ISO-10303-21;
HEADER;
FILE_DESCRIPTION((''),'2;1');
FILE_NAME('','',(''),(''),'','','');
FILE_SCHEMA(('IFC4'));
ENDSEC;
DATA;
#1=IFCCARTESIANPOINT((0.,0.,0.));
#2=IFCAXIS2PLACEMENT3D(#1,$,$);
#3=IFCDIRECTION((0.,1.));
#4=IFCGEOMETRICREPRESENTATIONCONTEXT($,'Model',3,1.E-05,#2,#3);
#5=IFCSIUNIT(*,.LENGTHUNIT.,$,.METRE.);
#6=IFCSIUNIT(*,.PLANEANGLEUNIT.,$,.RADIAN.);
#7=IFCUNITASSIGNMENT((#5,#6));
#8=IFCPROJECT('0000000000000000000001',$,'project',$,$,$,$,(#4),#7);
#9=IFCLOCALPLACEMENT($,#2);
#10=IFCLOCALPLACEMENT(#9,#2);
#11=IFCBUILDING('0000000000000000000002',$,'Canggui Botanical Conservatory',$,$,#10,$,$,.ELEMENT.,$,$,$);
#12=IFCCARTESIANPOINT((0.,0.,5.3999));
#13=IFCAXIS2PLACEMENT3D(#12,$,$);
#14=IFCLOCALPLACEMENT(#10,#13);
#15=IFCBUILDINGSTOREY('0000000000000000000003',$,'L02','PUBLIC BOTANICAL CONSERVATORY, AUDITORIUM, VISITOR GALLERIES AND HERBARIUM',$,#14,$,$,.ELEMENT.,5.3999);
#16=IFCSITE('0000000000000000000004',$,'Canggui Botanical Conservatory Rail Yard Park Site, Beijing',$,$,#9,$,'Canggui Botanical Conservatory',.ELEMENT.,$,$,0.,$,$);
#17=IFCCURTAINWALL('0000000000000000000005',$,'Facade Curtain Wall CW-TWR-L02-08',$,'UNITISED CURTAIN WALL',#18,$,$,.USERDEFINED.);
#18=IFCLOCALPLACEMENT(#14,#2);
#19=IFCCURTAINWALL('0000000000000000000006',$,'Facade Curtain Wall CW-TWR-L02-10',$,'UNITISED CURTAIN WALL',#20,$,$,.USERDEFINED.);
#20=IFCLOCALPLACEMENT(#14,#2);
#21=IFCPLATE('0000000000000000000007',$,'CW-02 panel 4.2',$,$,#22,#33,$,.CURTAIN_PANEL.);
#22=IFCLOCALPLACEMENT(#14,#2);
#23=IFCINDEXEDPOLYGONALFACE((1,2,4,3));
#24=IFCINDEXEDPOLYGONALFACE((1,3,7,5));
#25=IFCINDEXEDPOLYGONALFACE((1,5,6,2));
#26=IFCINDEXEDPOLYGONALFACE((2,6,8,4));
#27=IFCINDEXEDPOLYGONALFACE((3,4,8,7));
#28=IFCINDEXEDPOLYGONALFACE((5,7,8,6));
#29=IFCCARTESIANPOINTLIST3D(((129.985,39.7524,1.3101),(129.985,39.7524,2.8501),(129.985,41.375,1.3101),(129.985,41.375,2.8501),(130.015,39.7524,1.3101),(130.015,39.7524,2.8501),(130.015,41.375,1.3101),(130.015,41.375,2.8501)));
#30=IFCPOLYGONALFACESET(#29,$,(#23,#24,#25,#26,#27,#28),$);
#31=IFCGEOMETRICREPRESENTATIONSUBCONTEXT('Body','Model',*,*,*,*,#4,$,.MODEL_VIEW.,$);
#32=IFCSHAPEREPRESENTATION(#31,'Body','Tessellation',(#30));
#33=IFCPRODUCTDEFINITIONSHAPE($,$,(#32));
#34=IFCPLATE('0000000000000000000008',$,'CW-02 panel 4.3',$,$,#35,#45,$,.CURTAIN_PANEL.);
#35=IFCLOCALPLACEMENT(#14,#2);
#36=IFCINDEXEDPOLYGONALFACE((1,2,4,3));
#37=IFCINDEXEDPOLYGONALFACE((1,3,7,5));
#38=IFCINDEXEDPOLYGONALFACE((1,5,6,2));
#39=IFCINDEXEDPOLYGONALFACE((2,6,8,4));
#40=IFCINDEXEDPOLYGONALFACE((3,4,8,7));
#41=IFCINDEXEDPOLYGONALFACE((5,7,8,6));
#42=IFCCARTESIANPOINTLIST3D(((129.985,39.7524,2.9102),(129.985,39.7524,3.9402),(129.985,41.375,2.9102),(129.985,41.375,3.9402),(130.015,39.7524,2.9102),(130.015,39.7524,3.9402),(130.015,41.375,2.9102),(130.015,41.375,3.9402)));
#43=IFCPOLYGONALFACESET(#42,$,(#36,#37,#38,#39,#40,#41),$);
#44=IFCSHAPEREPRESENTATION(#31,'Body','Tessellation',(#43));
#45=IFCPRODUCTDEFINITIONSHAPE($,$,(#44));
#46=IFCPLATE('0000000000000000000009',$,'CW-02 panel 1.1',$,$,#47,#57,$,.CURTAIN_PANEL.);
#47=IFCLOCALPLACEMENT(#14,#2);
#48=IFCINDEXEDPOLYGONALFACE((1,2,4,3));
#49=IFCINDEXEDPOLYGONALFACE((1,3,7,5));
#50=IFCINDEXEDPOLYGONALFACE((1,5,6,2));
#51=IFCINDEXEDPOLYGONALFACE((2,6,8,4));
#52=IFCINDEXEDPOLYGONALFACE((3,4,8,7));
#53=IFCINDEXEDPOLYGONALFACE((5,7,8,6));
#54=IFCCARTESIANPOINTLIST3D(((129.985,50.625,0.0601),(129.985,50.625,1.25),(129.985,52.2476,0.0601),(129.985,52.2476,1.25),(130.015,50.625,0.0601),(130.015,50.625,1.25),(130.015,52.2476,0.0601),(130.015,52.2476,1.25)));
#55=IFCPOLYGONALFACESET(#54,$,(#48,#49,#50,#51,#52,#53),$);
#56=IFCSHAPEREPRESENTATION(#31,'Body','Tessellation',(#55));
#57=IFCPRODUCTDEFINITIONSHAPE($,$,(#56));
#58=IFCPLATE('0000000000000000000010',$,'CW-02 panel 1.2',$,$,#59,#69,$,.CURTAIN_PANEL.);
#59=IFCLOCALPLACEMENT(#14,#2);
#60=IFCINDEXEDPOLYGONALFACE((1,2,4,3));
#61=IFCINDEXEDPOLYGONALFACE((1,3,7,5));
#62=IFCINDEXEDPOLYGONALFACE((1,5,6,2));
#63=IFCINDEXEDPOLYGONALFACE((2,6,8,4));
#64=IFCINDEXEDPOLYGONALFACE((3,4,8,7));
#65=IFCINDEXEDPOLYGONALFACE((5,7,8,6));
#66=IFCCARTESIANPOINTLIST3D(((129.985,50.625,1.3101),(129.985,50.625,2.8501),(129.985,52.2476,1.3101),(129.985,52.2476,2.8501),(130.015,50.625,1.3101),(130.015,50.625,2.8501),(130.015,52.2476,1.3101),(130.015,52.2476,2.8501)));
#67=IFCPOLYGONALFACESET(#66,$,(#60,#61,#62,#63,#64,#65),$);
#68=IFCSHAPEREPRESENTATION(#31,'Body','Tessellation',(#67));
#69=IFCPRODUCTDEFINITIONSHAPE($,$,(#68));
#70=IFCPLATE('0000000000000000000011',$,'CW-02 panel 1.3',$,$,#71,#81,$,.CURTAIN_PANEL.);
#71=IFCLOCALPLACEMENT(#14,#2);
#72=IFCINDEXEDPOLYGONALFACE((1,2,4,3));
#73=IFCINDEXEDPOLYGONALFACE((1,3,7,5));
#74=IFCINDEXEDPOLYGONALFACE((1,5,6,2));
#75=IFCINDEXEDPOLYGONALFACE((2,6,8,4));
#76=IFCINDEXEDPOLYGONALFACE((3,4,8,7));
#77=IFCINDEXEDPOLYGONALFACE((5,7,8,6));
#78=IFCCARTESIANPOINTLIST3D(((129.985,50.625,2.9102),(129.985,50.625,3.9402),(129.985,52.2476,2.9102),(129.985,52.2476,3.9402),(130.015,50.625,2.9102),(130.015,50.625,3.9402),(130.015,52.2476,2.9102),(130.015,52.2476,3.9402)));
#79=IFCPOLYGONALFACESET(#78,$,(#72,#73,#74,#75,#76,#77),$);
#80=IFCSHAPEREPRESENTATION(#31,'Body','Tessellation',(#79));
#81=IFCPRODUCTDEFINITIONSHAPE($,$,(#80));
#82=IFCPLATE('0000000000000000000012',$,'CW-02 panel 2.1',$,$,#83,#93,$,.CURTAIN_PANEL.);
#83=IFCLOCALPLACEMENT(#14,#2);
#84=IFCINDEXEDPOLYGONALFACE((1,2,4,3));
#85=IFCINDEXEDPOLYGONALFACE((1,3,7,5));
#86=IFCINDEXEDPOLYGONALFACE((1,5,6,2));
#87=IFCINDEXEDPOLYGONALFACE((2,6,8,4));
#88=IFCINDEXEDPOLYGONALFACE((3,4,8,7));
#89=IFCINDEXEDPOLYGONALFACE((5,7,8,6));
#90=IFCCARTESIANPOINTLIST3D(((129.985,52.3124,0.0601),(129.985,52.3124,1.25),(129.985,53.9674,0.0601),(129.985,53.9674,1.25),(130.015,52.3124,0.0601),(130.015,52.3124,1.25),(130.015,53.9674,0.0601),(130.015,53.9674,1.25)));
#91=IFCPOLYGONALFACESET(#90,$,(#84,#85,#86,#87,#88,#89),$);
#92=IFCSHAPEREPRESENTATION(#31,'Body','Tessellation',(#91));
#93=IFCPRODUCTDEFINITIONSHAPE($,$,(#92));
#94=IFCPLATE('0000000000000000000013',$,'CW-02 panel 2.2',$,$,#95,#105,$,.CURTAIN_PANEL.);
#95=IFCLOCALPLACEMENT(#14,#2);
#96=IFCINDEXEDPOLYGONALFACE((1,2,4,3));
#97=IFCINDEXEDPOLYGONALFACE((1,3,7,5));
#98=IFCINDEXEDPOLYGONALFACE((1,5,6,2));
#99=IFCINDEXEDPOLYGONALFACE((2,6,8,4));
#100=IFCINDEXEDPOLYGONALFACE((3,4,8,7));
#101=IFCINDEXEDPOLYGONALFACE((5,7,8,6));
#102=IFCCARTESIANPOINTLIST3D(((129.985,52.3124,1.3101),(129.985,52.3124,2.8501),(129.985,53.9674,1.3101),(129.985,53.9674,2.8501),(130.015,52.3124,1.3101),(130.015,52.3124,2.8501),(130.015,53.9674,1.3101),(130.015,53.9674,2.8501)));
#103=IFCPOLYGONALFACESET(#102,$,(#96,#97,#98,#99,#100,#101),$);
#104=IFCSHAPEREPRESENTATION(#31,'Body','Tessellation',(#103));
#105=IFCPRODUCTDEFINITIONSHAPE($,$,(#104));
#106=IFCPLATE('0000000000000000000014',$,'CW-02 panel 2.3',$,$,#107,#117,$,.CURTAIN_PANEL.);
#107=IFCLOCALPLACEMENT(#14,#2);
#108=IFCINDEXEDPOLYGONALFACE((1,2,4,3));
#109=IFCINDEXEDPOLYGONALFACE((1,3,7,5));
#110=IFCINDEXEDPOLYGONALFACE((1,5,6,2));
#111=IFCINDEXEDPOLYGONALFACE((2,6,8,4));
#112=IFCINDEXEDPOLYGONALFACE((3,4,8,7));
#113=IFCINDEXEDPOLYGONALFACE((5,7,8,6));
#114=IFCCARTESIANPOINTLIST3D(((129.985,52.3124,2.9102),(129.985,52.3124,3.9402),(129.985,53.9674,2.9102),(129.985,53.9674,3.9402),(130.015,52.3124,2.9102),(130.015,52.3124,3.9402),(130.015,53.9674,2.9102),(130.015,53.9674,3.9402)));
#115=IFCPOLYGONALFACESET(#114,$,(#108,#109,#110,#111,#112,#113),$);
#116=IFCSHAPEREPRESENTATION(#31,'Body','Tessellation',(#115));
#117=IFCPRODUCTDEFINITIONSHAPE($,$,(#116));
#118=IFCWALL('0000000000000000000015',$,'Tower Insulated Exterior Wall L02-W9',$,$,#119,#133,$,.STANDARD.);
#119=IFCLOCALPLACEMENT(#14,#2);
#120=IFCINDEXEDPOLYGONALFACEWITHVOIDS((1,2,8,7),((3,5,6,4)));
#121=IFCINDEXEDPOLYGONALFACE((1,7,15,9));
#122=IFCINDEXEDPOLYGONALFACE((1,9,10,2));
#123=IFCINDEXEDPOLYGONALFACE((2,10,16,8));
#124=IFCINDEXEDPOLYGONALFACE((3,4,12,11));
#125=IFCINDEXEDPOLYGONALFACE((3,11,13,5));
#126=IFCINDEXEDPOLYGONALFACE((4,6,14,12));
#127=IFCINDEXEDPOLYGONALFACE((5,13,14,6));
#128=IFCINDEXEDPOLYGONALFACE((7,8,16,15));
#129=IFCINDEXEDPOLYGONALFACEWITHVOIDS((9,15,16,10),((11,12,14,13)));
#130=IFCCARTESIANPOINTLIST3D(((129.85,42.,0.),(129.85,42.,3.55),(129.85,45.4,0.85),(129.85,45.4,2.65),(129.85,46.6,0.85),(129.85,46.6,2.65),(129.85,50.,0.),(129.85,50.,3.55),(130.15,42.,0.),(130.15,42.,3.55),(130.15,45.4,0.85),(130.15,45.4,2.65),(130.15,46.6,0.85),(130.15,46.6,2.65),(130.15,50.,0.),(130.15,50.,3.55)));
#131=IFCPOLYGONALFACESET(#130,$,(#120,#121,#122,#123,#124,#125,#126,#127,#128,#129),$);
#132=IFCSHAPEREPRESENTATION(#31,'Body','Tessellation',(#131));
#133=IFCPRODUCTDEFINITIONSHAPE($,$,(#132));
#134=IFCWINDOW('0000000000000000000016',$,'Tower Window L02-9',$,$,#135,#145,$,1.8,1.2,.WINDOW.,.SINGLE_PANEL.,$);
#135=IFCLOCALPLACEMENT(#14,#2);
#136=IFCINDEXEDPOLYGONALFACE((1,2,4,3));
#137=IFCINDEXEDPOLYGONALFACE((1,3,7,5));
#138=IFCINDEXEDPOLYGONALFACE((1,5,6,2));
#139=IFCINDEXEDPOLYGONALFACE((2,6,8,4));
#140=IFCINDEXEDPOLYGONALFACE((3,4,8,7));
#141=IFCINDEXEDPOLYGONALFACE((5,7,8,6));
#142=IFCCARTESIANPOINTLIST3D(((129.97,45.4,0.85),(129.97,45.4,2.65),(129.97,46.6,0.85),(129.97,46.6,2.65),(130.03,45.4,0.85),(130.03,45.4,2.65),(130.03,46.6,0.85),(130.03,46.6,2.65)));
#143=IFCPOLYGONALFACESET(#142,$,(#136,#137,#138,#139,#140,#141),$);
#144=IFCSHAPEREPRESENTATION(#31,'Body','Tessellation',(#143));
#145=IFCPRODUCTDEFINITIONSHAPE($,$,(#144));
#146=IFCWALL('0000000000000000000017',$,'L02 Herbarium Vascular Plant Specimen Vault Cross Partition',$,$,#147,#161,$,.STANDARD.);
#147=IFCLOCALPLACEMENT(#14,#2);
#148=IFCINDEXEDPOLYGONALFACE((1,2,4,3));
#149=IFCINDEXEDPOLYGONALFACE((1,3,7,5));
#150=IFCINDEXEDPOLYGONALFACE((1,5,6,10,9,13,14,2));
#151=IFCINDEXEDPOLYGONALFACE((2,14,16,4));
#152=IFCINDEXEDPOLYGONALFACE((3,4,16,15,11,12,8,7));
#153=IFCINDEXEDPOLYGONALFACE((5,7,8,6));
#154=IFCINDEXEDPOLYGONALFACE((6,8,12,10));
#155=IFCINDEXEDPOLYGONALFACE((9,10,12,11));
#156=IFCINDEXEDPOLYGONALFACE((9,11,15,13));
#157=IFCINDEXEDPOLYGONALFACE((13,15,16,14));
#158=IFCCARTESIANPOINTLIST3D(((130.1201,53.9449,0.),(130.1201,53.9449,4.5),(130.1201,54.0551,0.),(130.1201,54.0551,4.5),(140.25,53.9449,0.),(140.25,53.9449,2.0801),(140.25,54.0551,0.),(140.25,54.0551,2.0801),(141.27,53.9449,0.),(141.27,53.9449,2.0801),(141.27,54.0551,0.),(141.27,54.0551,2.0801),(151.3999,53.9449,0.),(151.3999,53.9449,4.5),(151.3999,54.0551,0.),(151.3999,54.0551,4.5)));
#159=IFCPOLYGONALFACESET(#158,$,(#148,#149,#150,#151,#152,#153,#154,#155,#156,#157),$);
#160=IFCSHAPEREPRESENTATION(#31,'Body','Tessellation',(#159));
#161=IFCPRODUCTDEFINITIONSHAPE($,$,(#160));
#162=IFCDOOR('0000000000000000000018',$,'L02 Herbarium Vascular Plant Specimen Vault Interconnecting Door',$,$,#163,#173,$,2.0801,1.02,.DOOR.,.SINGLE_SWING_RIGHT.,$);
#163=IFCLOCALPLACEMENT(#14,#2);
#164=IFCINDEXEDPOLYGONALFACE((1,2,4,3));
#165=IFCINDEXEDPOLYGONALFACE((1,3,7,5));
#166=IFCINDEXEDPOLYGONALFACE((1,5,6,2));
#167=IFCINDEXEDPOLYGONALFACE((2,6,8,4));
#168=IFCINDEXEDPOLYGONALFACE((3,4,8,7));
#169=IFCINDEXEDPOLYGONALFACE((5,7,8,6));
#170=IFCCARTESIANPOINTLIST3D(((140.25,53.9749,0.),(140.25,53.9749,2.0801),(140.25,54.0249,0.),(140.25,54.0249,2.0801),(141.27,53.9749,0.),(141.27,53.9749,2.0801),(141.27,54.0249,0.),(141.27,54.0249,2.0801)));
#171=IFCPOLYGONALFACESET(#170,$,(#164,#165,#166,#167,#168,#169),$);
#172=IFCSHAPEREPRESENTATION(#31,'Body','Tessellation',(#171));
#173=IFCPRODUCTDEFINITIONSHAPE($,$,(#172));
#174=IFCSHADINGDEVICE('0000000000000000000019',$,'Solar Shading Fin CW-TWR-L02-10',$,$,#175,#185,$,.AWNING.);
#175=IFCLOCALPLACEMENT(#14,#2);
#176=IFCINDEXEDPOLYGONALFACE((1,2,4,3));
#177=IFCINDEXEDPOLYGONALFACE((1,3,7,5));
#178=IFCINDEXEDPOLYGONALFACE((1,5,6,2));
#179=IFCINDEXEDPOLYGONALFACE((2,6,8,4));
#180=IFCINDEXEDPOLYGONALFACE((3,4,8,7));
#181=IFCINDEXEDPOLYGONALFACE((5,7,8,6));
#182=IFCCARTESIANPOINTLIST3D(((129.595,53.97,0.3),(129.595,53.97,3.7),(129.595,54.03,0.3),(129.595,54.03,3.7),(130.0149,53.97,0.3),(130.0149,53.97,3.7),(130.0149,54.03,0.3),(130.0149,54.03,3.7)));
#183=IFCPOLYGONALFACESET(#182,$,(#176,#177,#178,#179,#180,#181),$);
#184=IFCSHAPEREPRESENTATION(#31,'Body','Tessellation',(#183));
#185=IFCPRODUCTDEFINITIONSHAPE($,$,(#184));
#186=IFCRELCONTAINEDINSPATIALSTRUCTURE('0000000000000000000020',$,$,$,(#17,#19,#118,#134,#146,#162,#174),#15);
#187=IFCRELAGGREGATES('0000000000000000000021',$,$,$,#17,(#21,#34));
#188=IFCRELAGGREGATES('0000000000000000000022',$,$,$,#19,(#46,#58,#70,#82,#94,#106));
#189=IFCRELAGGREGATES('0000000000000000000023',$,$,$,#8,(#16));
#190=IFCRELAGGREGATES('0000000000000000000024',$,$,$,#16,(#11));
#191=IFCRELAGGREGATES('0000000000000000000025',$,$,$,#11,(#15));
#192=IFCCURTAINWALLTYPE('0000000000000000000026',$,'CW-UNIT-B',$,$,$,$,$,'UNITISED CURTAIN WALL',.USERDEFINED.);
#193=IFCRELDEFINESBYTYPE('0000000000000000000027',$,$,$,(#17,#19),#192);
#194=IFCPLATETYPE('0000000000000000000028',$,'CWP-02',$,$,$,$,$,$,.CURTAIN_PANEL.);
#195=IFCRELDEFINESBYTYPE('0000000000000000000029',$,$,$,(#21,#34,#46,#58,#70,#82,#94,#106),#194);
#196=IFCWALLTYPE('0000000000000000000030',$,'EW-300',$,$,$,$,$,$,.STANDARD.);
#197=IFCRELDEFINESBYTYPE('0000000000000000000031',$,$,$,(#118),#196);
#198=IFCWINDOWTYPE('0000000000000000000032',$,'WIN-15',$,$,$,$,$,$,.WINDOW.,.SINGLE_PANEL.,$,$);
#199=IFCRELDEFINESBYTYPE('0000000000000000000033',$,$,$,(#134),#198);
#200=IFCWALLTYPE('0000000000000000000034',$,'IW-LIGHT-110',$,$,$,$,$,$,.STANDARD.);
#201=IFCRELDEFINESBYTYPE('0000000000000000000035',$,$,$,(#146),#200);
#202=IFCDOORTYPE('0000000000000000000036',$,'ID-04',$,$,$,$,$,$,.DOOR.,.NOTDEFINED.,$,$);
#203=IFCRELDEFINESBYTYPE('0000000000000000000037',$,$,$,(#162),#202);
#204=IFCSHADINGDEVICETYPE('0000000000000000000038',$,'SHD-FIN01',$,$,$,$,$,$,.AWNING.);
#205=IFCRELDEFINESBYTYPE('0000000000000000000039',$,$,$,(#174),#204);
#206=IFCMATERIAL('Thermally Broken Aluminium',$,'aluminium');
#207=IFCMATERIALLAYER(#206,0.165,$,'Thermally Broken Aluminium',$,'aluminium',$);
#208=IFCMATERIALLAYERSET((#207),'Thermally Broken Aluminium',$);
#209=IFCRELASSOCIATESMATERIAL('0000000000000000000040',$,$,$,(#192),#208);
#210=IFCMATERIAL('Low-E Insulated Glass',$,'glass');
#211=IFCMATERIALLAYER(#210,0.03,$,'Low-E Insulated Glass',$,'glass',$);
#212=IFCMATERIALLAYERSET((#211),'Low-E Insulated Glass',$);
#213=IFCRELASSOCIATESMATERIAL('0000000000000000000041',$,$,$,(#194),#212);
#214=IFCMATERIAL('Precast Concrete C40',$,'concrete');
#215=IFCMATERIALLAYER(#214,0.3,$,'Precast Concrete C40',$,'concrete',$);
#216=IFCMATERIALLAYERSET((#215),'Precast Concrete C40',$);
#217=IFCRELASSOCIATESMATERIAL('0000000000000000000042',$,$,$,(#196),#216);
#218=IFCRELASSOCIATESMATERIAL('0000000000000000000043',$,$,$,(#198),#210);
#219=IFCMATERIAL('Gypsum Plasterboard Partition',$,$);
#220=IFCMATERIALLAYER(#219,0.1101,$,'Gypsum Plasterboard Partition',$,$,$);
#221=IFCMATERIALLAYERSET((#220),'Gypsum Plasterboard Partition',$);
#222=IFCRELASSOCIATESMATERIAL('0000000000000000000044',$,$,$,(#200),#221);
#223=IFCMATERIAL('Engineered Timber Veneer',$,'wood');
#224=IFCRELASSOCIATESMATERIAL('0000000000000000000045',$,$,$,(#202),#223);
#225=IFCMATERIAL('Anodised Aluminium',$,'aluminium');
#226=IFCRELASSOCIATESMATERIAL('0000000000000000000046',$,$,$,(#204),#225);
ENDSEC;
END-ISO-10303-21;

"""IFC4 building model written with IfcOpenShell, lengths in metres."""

from ifc_helpers import new_model, si_unit, direction, frame, frame_2d, origin, origin_2d, place, context, subcontext, project, spatial, rectangle, extrude, material, layer, layer_set, type_object, element, fill, aggregate, save


model = new_model("IFC4")

# Units and contexts
model_context = context("Model", 3, precision=1e-05, world=origin(), true_north=direction((0.0, 1.0)))
body_context = subcontext(model_context, "Body", "Model", "MODEL_VIEW")
ifc_project = project(units=[si_unit("LENGTHUNIT", "METRE"), si_unit("PLANEANGLEUNIT", "RADIAN")], contexts=[model_context])

# Site, building, storey
site_placement = place(None, origin())
site = spatial("IfcSite", under=ifc_project, at=site_placement, Name="Canggui Botanical Conservatory Rail Yard Park Site, Beijing", LongName="Canggui Botanical Conservatory", CompositionType="ELEMENT", RefElevation=0.0)
building_placement = place(site_placement, origin())
building = spatial("IfcBuilding", under=site, at=building_placement, Name="Canggui Botanical Conservatory", CompositionType="ELEMENT")
storey_placement = place(building_placement, frame((0.0, 0.0, 5.3999)))
storey = spatial("IfcBuildingStorey", under=building, at=storey_placement, Name="L02", Description="PUBLIC BOTANICAL CONSERVATORY, AUDITORIUM, VISITOR GALLERIES AND HERBARIUM", CompositionType="ELEMENT", Elevation=5.3999)

# Curtain wall
ifc_material_1 = material(Name="Thermally Broken Aluminium", Category="aluminium")
ifc_layer_1 = layer(ifc_material_1, 0.165, Name="Thermally Broken Aluminium", Category="aluminium")
ifc_layer_set_1 = layer_set([ifc_layer_1], Name="Thermally Broken Aluminium")
curtain_wall_type = type_object("IfcCurtainWallType", Name="CW-UNIT-B", ElementType="UNITISED CURTAIN WALL", PredefinedType="USERDEFINED", material=ifc_layer_set_1)
curtain_wall_1_placement = place(storey_placement, origin())
curtain_wall_1 = element("IfcCurtainWall", 1, at=curtain_wall_1_placement, inside=storey, type_object=curtain_wall_type, Name="Facade Curtain Wall CW-TWR-L02-08", ObjectType="UNITISED CURTAIN WALL", PredefinedType="USERDEFINED")

# Curtain wall
curtain_wall_2_placement = place(storey_placement, origin())
curtain_wall_2 = element("IfcCurtainWall", 2, at=curtain_wall_2_placement, inside=storey, type_object=curtain_wall_type, Name="Facade Curtain Wall CW-TWR-L02-10", ObjectType="UNITISED CURTAIN WALL", PredefinedType="USERDEFINED")

# Plates
ifc_material_2 = material(Name="Low-E Insulated Glass", Category="glass")
ifc_layer_2 = layer(ifc_material_2, 0.03, Name="Low-E Insulated Glass", Category="glass")
ifc_layer_set_2 = layer_set([ifc_layer_2], Name="Low-E Insulated Glass")
plate_type = type_object("IfcPlateType", Name="CWP-02", PredefinedType="CURTAIN_PANEL", material=ifc_layer_set_2)
plate_1_placement = place(storey_placement, frame((130.0, 40.5637, 1.3101), z_axis=(0.0, 0.0, 1.0), x_axis=(0.0, 1.0, 0.0)))
plate_1 = element("IfcPlate", 3, at=plate_1_placement, type_object=plate_type, Name="CW-02 panel 4.2", PredefinedType="CURTAIN_PANEL", context=body_context, shape_type="SweptSolid", body=[
    extrude(rectangle(XDim=1.6226, YDim=0.03, at=origin_2d()), origin(), (0.0, 0.0, 1.0), 1.54),
])
plate_2_placement = place(storey_placement, frame((130.0, 40.5637, 2.9102), z_axis=(0.0, 0.0, 1.0), x_axis=(0.0, 1.0, 0.0)))
plate_2 = element("IfcPlate", 4, at=plate_2_placement, type_object=plate_type, Name="CW-02 panel 4.3", PredefinedType="CURTAIN_PANEL", context=body_context, shape_type="SweptSolid", body=[
    extrude(rectangle(XDim=1.6226, YDim=0.03, at=origin_2d()), origin(), (0.0, 0.0, 1.0), 1.03),
])
aggregate(curtain_wall_1, [plate_1, plate_2])
plate_3_placement = place(storey_placement, frame((130.0, 51.4363, 0.0601), z_axis=(0.0, 0.0, 1.0), x_axis=(0.0, 1.0, 0.0)))
plate_3 = element("IfcPlate", 5, at=plate_3_placement, type_object=plate_type, Name="CW-02 panel 1.1", PredefinedType="CURTAIN_PANEL", context=body_context, shape_type="SweptSolid", body=[
    extrude(rectangle(XDim=1.6226, YDim=0.03, at=origin_2d()), origin(), (0.0, 0.0, 1.0), 1.1899),
])
plate_4_placement = place(storey_placement, frame((130.0, 51.4363, 1.3101), z_axis=(0.0, 0.0, 1.0), x_axis=(0.0, 1.0, 0.0)))
plate_4 = element("IfcPlate", 6, at=plate_4_placement, type_object=plate_type, Name="CW-02 panel 1.2", PredefinedType="CURTAIN_PANEL", context=body_context, shape_type="SweptSolid", body=[
    extrude(rectangle(XDim=1.6226, YDim=0.03, at=origin_2d()), origin(), (0.0, 0.0, 1.0), 1.54),
])
plate_5_placement = place(storey_placement, frame((130.0, 51.4363, 2.9102), z_axis=(0.0, 0.0, 1.0), x_axis=(0.0, 1.0, 0.0)))
plate_5 = element("IfcPlate", 7, at=plate_5_placement, type_object=plate_type, Name="CW-02 panel 1.3", PredefinedType="CURTAIN_PANEL", context=body_context, shape_type="SweptSolid", body=[
    extrude(rectangle(XDim=1.6226, YDim=0.03, at=origin_2d()), origin(), (0.0, 0.0, 1.0), 1.03),
])
plate_6_placement = place(storey_placement, frame((130.0, 53.1399, 0.0601), z_axis=(0.0, 0.0, 1.0), x_axis=(0.0, 1.0, 0.0)))
plate_6 = element("IfcPlate", 8, at=plate_6_placement, type_object=plate_type, Name="CW-02 panel 2.1", PredefinedType="CURTAIN_PANEL", context=body_context, shape_type="SweptSolid", body=[
    extrude(rectangle(XDim=1.655, YDim=0.03, at=origin_2d()), origin(), (0.0, 0.0, 1.0), 1.1899),
])
plate_7_placement = place(storey_placement, frame((130.0, 53.1399, 1.3101), z_axis=(0.0, 0.0, 1.0), x_axis=(0.0, 1.0, 0.0)))
plate_7 = element("IfcPlate", 9, at=plate_7_placement, type_object=plate_type, Name="CW-02 panel 2.2", PredefinedType="CURTAIN_PANEL", context=body_context, shape_type="SweptSolid", body=[
    extrude(rectangle(XDim=1.655, YDim=0.03, at=origin_2d()), origin(), (0.0, 0.0, 1.0), 1.54),
])
plate_8_placement = place(storey_placement, frame((130.0, 53.1399, 2.9102), z_axis=(0.0, 0.0, 1.0), x_axis=(0.0, 1.0, 0.0)))
plate_8 = element("IfcPlate", 10, at=plate_8_placement, type_object=plate_type, Name="CW-02 panel 2.3", PredefinedType="CURTAIN_PANEL", context=body_context, shape_type="SweptSolid", body=[
    extrude(rectangle(XDim=1.655, YDim=0.03, at=origin_2d()), origin(), (0.0, 0.0, 1.0), 1.03),
])
aggregate(curtain_wall_2, [plate_3, plate_4, plate_5, plate_6, plate_7, plate_8])

# Wall, opening, window
ifc_material_3 = material(Name="Precast Concrete C40", Category="concrete")
ifc_layer_3 = layer(ifc_material_3, 0.3, Name="Precast Concrete C40", Category="concrete")
ifc_layer_set_3 = layer_set([ifc_layer_3], Name="Precast Concrete C40")
wall_type_1 = type_object("IfcWallType", Name="EW-300", PredefinedType="STANDARD", material=ifc_layer_set_3)
wall_1_placement = place(storey_placement, frame((130.0, 42.0, 0.0), z_axis=(0.0, 0.0, 1.0), x_axis=(0.0, 1.0, 0.0)))
wall_1 = element("IfcWall", 11, at=wall_1_placement, inside=storey, type_object=wall_type_1, Name="Tower Insulated Exterior Wall L02-W9", PredefinedType="STANDARD", context=body_context, shape_type="SweptSolid", body=[
    extrude(rectangle(XDim=8.0, YDim=0.3, at=frame_2d((4.0, 0.0))), origin(), (0.0, 0.0, 1.0), 3.55),
])
opening_1_placement = place(wall_1_placement, frame((3.3999, 0.0, 0.8501)))
opening_1 = element("IfcOpeningElement", 12, at=opening_1_placement, cuts=wall_1, PredefinedType="OPENING", context=body_context, shape_type="SweptSolid", body=[
    extrude(rectangle(XDim=1.2, YDim=1.8, at=frame_2d((0.6001, 0.8999))), frame((0.0, 0.1602, 0.0), z_axis=(0.0, -1.0, 0.0), x_axis=(1.0, 0.0, 0.0)), (0.0, 0.0, 1.0), 0.3201),
])
window_type = type_object("IfcWindowType", Name="WIN-15", PartitioningType="SINGLE_PANEL", PredefinedType="WINDOW", material=ifc_material_2)
window_placement = place(opening_1_placement, origin())
window = element("IfcWindow", 13, at=window_placement, inside=storey, type_object=window_type, Name="Tower Window L02-9", OverallHeight=1.8, OverallWidth=1.2, PartitioningType="SINGLE_PANEL", PredefinedType="WINDOW", context=body_context, shape_type="SweptSolid", body=[
    extrude(rectangle(XDim=1.2, YDim=1.8, at=frame_2d((0.6001, 0.8999))), frame((0.0, 0.03, 0.0), z_axis=(0.0, -1.0, 0.0), x_axis=(1.0, 0.0, 0.0)), (0.0, 0.0, 1.0), 0.0601),
])
fill(opening_1, window)

# Wall, opening, door
ifc_material_4 = material(Name="Gypsum Plasterboard Partition")
ifc_layer_4 = layer(ifc_material_4, 0.1101, Name="Gypsum Plasterboard Partition")
ifc_layer_set_4 = layer_set([ifc_layer_4], Name="Gypsum Plasterboard Partition")
wall_type_2 = type_object("IfcWallType", Name="IW-LIGHT-110", PredefinedType="STANDARD", material=ifc_layer_set_4)
wall_2_placement = place(storey_placement, frame((130.1201, 54.0, 0.0), z_axis=(0.0, 0.0, 1.0), x_axis=(1.0, 0.0, 0.0)))
wall_2 = element("IfcWall", 14, at=wall_2_placement, inside=storey, type_object=wall_type_2, Name="L02 Herbarium Vascular Plant Specimen Vault Cross Partition", PredefinedType="STANDARD", context=body_context, shape_type="SweptSolid", body=[
    extrude(rectangle(XDim=21.2798, YDim=0.1101, at=frame_2d((10.6399, 0.0))), origin(), (0.0, 0.0, 1.0), 4.5),
])
opening_2_placement = place(wall_2_placement, frame((10.1299, 0.0, 0.0)))
opening_2 = element("IfcOpeningElement", 15, at=opening_2_placement, cuts=wall_2, PredefinedType="OPENING", context=body_context, shape_type="SweptSolid", body=[
    extrude(rectangle(XDim=1.02, YDim=2.0801, at=frame_2d((0.51, 1.04))), frame((0.0, 0.0649, 0.0), z_axis=(0.0, -1.0, 0.0), x_axis=(1.0, 0.0, 0.0)), (0.0, 0.0, 1.0), 0.1301),
])
ifc_material_5 = material(Name="Engineered Timber Veneer", Category="wood")
door_type = type_object("IfcDoorType", Name="ID-04", OperationType="NOTDEFINED", PredefinedType="DOOR", material=ifc_material_5)
door_placement = place(opening_2_placement, origin())
door = element("IfcDoor", 16, at=door_placement, inside=storey, type_object=door_type, Name="L02 Herbarium Vascular Plant Specimen Vault Interconnecting Door", OperationType="SINGLE_SWING_RIGHT", OverallHeight=2.0801, OverallWidth=1.02, PredefinedType="DOOR", context=body_context, shape_type="SweptSolid", body=[
    extrude(rectangle(XDim=1.02, YDim=2.0801, at=frame_2d((0.51, 1.04))), frame((0.0, 0.0249, 0.0), z_axis=(0.0, -1.0, 0.0), x_axis=(1.0, 0.0, 0.0)), (0.0, 0.0, 1.0), 0.05),
])
fill(opening_2, door)

# Shading device
ifc_material_6 = material(Name="Anodised Aluminium", Category="aluminium")
shading_device_type = type_object("IfcShadingDeviceType", Name="SHD-FIN01", PredefinedType="AWNING", material=ifc_material_6)
shading_device_placement = place(storey_placement, frame((129.8049, 54.0, 0.3), z_axis=(0.0, 0.0, 1.0), x_axis=(0.0, 1.0, 0.0)))
element("IfcShadingDevice", 17, at=shading_device_placement, inside=storey, type_object=shading_device_type, Name="Solar Shading Fin CW-TWR-L02-10", PredefinedType="AWNING", context=body_context, shape_type="SweptSolid", body=[
    extrude(rectangle(XDim=0.0601, YDim=0.4199, at=origin_2d()), origin(), (0.0, 0.0, 1.0), 3.3999),
])

save(model, "model.ifc")
